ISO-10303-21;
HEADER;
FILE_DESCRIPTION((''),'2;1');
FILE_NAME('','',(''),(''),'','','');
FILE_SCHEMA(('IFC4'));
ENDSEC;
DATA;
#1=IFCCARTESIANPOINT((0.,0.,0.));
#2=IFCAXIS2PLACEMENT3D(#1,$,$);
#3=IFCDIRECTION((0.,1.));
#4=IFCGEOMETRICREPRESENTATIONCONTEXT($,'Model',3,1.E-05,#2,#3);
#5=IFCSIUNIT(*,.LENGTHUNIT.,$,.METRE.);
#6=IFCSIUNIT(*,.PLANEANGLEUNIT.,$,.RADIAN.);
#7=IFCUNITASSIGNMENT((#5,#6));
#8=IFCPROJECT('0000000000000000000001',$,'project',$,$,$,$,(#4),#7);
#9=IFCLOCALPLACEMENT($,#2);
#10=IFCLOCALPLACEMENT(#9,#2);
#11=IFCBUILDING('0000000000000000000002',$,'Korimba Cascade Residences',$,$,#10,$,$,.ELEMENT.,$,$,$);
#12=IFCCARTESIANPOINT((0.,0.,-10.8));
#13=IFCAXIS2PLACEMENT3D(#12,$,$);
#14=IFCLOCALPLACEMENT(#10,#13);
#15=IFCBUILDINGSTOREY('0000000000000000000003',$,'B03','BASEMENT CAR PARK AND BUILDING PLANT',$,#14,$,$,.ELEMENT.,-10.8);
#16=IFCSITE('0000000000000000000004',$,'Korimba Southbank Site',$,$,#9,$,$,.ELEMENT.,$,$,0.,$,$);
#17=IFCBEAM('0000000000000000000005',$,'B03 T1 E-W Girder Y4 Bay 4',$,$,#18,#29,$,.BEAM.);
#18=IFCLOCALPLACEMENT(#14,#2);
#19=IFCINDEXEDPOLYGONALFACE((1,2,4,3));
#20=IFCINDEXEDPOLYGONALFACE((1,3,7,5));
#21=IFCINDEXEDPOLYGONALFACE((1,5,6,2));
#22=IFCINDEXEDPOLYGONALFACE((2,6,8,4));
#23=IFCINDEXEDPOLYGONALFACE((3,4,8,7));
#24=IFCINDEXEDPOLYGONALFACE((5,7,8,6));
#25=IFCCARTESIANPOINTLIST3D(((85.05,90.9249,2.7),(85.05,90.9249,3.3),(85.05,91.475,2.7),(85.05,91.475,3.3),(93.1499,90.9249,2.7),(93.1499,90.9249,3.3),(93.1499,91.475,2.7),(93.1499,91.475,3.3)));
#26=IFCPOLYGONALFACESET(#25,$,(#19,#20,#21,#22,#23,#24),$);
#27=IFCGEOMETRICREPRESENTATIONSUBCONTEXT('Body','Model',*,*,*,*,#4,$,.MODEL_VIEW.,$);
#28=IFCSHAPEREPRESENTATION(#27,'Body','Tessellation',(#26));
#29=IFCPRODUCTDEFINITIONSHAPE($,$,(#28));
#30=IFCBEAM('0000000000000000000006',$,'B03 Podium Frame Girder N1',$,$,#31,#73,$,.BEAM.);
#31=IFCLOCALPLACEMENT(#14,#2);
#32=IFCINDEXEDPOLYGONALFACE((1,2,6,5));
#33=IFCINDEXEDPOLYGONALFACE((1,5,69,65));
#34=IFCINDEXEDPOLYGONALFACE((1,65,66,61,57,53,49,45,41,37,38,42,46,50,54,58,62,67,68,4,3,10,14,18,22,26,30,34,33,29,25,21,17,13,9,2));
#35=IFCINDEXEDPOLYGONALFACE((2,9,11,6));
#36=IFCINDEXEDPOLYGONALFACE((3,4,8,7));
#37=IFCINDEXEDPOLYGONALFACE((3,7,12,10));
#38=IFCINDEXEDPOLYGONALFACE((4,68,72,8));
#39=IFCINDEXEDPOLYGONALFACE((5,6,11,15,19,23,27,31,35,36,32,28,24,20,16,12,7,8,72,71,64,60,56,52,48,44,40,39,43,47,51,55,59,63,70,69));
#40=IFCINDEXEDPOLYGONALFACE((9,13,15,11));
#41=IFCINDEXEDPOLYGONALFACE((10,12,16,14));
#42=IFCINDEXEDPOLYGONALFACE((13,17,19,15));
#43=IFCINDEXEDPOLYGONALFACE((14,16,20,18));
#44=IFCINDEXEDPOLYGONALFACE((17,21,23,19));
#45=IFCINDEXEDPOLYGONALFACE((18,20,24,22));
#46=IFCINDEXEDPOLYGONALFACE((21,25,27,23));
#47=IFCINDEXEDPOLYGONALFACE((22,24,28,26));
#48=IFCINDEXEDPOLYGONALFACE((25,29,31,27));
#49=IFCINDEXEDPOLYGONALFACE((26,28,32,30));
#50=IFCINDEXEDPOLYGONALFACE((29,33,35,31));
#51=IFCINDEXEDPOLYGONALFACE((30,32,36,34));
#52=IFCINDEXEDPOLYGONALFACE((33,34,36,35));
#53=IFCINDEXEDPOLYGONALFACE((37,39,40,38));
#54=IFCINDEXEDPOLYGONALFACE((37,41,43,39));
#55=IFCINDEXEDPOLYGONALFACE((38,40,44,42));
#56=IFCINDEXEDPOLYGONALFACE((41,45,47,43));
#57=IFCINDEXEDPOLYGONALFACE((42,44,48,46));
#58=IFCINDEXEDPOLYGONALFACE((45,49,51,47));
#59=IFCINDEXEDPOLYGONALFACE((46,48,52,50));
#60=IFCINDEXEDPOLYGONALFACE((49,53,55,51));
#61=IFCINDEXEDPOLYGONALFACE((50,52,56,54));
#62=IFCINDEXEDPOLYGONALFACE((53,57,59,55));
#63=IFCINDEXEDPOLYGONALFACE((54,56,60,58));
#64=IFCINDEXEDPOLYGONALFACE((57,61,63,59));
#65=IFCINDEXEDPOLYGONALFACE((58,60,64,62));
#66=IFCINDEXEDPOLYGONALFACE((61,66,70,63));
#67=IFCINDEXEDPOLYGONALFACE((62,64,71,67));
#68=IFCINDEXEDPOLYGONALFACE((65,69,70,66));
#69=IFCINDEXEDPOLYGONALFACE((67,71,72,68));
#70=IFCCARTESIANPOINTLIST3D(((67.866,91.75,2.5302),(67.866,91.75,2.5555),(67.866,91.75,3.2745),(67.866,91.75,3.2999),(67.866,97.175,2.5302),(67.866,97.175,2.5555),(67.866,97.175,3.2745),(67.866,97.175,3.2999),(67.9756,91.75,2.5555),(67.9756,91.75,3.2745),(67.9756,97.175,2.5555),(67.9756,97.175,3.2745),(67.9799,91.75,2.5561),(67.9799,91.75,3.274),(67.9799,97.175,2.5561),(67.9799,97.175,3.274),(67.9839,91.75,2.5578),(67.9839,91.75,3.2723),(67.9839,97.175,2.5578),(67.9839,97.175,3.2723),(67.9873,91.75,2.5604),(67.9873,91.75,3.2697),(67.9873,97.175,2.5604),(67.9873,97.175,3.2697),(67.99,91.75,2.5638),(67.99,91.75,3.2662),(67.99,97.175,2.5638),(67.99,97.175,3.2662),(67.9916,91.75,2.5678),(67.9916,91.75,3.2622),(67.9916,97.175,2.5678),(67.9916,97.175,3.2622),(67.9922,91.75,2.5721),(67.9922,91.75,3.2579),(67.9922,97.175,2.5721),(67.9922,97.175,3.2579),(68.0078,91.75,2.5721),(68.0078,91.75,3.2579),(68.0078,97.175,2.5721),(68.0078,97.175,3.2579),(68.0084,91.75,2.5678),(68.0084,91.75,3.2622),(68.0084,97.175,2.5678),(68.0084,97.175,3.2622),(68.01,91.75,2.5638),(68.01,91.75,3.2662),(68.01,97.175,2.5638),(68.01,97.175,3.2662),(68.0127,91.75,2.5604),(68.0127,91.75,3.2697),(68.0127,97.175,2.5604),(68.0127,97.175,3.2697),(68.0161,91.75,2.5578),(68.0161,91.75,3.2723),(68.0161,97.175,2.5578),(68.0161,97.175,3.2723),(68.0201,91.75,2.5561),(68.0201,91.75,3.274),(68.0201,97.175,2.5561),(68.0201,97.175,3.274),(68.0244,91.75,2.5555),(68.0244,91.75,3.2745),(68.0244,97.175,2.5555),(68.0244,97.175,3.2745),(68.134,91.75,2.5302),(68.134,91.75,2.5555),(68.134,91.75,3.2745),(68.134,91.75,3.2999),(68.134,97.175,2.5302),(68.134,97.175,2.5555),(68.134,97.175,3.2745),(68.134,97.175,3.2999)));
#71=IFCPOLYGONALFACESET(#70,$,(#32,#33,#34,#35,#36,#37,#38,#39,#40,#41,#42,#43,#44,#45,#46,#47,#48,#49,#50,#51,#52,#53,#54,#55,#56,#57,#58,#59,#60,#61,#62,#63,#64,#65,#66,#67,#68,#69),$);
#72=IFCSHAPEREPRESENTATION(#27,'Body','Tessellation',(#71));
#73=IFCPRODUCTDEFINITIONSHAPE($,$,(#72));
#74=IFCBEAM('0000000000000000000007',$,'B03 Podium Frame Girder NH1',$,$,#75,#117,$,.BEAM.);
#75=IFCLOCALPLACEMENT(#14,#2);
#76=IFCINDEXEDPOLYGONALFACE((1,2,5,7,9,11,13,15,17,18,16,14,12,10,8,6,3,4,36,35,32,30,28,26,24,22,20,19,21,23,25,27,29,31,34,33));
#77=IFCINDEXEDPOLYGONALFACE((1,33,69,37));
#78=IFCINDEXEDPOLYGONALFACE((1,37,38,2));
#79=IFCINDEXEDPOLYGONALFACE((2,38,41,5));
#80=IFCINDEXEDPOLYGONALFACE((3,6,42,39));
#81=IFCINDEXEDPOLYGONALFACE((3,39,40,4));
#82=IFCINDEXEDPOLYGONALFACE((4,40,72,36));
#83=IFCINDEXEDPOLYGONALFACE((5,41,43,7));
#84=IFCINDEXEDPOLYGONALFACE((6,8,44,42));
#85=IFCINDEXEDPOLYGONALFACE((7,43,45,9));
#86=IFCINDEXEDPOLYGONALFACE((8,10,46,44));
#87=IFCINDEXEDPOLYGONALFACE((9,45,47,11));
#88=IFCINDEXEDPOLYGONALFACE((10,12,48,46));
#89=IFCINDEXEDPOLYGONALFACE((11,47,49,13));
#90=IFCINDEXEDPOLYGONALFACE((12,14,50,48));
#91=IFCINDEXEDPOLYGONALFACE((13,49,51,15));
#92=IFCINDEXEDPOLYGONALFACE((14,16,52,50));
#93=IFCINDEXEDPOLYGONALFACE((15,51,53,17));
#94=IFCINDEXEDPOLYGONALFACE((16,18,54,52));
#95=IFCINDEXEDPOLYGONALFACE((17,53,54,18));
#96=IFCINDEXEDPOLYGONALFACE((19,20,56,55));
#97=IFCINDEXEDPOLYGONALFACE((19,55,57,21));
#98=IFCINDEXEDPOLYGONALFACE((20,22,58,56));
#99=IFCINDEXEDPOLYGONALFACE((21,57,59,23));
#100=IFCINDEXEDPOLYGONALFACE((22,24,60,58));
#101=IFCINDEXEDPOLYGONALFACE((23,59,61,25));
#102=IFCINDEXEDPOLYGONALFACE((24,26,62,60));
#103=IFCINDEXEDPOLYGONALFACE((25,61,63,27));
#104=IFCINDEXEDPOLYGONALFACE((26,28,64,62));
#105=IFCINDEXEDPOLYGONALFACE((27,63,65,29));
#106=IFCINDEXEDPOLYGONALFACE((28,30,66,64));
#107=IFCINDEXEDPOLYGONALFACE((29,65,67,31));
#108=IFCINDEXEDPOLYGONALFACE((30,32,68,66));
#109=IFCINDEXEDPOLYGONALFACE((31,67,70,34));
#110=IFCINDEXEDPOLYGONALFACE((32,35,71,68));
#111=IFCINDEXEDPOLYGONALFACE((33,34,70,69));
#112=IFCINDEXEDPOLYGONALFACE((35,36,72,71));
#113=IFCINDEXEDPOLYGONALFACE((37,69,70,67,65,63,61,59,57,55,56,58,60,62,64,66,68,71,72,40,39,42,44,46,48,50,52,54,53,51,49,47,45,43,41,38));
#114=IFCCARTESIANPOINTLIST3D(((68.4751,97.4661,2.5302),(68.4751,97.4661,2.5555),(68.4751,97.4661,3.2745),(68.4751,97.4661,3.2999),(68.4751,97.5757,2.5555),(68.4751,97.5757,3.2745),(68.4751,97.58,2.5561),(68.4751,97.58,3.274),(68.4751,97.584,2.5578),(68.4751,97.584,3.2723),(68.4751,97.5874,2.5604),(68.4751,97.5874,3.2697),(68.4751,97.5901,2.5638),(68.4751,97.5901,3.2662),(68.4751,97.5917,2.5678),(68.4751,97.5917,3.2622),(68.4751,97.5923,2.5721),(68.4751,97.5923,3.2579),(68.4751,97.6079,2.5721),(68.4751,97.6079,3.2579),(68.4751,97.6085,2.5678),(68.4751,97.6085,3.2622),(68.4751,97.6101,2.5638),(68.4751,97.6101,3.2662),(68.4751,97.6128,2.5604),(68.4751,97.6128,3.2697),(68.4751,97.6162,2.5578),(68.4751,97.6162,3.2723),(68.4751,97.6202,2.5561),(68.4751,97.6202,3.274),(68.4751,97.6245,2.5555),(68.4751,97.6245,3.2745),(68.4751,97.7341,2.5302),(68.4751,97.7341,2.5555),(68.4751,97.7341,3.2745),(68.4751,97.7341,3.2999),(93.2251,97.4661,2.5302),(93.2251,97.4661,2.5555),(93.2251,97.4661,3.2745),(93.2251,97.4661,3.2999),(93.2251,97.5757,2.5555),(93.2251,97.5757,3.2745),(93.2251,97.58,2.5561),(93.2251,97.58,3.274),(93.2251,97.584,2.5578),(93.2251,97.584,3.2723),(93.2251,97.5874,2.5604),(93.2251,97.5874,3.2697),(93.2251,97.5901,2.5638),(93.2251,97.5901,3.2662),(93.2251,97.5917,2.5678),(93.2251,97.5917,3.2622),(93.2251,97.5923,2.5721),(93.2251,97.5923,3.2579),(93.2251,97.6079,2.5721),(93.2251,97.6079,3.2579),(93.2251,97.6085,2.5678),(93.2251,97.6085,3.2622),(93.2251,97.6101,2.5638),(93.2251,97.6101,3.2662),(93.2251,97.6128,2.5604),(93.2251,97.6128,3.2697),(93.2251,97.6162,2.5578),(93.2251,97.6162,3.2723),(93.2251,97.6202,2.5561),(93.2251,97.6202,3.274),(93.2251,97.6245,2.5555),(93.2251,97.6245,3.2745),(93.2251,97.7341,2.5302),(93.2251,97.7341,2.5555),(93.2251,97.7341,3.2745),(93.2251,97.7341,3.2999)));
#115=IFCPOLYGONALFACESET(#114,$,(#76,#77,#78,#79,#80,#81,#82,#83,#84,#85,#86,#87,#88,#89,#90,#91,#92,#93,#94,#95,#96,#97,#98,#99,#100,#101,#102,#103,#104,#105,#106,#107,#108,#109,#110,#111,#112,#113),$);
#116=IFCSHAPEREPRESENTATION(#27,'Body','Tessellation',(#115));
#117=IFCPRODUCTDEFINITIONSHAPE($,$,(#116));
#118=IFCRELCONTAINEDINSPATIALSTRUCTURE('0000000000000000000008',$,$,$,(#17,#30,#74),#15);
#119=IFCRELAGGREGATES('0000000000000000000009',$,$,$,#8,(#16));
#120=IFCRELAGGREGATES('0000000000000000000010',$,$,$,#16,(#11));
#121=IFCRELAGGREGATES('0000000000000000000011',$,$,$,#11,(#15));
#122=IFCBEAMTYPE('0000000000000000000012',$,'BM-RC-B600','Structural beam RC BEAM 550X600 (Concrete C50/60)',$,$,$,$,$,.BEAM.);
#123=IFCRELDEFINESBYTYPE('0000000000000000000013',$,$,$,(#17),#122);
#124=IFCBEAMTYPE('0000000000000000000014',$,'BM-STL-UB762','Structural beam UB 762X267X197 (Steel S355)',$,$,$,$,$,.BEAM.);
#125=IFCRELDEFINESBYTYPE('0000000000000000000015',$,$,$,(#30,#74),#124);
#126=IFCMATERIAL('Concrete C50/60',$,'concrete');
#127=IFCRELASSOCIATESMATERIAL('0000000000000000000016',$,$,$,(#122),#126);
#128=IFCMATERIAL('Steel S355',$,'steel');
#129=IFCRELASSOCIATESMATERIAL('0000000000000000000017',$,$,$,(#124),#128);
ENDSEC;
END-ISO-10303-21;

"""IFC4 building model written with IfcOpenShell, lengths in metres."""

from ifc_helpers import new_model, si_unit, direction, frame, origin, origin_2d, place, context, subcontext, project, spatial, rectangle, i_section, extrude, material, material_profile, profile_set, type_object, element, save


model = new_model("IFC4")

# Units and contexts
model_context = context("Model", 3, precision=1e-05, world=origin(), true_north=direction((0.0, 1.0)))
body_context = subcontext(model_context, "Body", "Model", "MODEL_VIEW")
ifc_project = project(units=[si_unit("LENGTHUNIT", "METRE"), si_unit("PLANEANGLEUNIT", "RADIAN")], contexts=[model_context])

# Site, building, storey
site_placement = place(None, origin())
site = spatial("IfcSite", under=ifc_project, at=site_placement, Name="Korimba Southbank Site", CompositionType="ELEMENT", RefElevation=0.0)
building_placement = place(site_placement, origin())
building = spatial("IfcBuilding", under=site, at=building_placement, Name="Korimba Cascade Residences", CompositionType="ELEMENT")
storey_placement = place(building_placement, frame((0.0, 0.0, -10.8)))
storey = spatial("IfcBuildingStorey", under=building, at=storey_placement, Name="B03", Description="BASEMENT CAR PARK AND BUILDING PLANT", CompositionType="ELEMENT", Elevation=-10.8)

# Shared definitions
ifc_material_1 = material(Name="Concrete C50/60", Category="concrete")

# Beams
ifc_material_profile_1 = material_profile(ifc_material_1, rectangle(XDim=0.55, YDim=0.6001, at=origin_2d()), Name="Concrete C50/60")
ifc_profile_set_1 = profile_set([ifc_material_profile_1], Name="Concrete C50/60")
beam_type_1 = type_object("IfcBeamType", Name="BM-RC-B600", Description="Structural beam RC BEAM 550X600 (Concrete C50/60)", PredefinedType="BEAM", material=ifc_profile_set_1)
beam_1_placement = place(storey_placement, frame((85.05, 91.2, 3.0), z_axis=(1.0, 0.0, 0.0), x_axis=(0.0, 1.0, 0.0)))
element("IfcBeam", 1, at=beam_1_placement, inside=storey, type_object=beam_type_1, Name="B03 T1 E-W Girder Y4 Bay 4", PredefinedType="BEAM", context=body_context, shape_type="SweptSolid", body=[
    extrude(rectangle(XDim=0.55, YDim=0.6001, at=origin_2d()), origin(), (0.0, 0.0, 1.0), 8.0999),
])
ifc_material_2 = material(Name="Steel S355", Category="steel")
ifc_material_profile_2 = material_profile(ifc_material_2, i_section(OverallWidth=0.2681, OverallDepth=0.7698, WebThickness=0.0156, FlangeThickness=0.0254, FilletRadius=0.0166, at=origin_2d()), Name="Steel S355")
ifc_profile_set_2 = profile_set([ifc_material_profile_2], Name="Steel S355")
beam_type_2 = type_object("IfcBeamType", Name="BM-STL-UB762", Description="Structural beam UB 762X267X197 (Steel S355)", PredefinedType="BEAM", material=ifc_profile_set_2)
beam_2_placement = place(storey_placement, frame((68.0, 91.75, 2.915), z_axis=(0.0, 1.0, 0.0), x_axis=(-1.0, 0.0, 0.0)))
element("IfcBeam", 2, at=beam_2_placement, inside=storey, type_object=beam_type_2, Name="B03 Podium Frame Girder N1", PredefinedType="BEAM", context=body_context, shape_type="SweptSolid", body=[
    extrude(i_section(OverallWidth=0.2681, OverallDepth=0.7698, WebThickness=0.0156, FlangeThickness=0.0254, FilletRadius=0.0166, at=origin_2d()), origin(), (0.0, 0.0, 1.0), 5.425),
])
beam_3_placement = place(storey_placement, frame((68.4751, 97.6001, 2.915), z_axis=(1.0, 0.0, 0.0), x_axis=(0.0, 1.0, 0.0)))
element("IfcBeam", 3, at=beam_3_placement, inside=storey, type_object=beam_type_2, Name="B03 Podium Frame Girder NH1", PredefinedType="BEAM", context=body_context, shape_type="SweptSolid", body=[
    extrude(i_section(OverallWidth=0.2681, OverallDepth=0.7698, WebThickness=0.0156, FlangeThickness=0.0254, FilletRadius=0.0166, at=origin_2d()), origin(), (0.0, 0.0, 1.0), 24.75),
])

save(model, "model.ifc")
